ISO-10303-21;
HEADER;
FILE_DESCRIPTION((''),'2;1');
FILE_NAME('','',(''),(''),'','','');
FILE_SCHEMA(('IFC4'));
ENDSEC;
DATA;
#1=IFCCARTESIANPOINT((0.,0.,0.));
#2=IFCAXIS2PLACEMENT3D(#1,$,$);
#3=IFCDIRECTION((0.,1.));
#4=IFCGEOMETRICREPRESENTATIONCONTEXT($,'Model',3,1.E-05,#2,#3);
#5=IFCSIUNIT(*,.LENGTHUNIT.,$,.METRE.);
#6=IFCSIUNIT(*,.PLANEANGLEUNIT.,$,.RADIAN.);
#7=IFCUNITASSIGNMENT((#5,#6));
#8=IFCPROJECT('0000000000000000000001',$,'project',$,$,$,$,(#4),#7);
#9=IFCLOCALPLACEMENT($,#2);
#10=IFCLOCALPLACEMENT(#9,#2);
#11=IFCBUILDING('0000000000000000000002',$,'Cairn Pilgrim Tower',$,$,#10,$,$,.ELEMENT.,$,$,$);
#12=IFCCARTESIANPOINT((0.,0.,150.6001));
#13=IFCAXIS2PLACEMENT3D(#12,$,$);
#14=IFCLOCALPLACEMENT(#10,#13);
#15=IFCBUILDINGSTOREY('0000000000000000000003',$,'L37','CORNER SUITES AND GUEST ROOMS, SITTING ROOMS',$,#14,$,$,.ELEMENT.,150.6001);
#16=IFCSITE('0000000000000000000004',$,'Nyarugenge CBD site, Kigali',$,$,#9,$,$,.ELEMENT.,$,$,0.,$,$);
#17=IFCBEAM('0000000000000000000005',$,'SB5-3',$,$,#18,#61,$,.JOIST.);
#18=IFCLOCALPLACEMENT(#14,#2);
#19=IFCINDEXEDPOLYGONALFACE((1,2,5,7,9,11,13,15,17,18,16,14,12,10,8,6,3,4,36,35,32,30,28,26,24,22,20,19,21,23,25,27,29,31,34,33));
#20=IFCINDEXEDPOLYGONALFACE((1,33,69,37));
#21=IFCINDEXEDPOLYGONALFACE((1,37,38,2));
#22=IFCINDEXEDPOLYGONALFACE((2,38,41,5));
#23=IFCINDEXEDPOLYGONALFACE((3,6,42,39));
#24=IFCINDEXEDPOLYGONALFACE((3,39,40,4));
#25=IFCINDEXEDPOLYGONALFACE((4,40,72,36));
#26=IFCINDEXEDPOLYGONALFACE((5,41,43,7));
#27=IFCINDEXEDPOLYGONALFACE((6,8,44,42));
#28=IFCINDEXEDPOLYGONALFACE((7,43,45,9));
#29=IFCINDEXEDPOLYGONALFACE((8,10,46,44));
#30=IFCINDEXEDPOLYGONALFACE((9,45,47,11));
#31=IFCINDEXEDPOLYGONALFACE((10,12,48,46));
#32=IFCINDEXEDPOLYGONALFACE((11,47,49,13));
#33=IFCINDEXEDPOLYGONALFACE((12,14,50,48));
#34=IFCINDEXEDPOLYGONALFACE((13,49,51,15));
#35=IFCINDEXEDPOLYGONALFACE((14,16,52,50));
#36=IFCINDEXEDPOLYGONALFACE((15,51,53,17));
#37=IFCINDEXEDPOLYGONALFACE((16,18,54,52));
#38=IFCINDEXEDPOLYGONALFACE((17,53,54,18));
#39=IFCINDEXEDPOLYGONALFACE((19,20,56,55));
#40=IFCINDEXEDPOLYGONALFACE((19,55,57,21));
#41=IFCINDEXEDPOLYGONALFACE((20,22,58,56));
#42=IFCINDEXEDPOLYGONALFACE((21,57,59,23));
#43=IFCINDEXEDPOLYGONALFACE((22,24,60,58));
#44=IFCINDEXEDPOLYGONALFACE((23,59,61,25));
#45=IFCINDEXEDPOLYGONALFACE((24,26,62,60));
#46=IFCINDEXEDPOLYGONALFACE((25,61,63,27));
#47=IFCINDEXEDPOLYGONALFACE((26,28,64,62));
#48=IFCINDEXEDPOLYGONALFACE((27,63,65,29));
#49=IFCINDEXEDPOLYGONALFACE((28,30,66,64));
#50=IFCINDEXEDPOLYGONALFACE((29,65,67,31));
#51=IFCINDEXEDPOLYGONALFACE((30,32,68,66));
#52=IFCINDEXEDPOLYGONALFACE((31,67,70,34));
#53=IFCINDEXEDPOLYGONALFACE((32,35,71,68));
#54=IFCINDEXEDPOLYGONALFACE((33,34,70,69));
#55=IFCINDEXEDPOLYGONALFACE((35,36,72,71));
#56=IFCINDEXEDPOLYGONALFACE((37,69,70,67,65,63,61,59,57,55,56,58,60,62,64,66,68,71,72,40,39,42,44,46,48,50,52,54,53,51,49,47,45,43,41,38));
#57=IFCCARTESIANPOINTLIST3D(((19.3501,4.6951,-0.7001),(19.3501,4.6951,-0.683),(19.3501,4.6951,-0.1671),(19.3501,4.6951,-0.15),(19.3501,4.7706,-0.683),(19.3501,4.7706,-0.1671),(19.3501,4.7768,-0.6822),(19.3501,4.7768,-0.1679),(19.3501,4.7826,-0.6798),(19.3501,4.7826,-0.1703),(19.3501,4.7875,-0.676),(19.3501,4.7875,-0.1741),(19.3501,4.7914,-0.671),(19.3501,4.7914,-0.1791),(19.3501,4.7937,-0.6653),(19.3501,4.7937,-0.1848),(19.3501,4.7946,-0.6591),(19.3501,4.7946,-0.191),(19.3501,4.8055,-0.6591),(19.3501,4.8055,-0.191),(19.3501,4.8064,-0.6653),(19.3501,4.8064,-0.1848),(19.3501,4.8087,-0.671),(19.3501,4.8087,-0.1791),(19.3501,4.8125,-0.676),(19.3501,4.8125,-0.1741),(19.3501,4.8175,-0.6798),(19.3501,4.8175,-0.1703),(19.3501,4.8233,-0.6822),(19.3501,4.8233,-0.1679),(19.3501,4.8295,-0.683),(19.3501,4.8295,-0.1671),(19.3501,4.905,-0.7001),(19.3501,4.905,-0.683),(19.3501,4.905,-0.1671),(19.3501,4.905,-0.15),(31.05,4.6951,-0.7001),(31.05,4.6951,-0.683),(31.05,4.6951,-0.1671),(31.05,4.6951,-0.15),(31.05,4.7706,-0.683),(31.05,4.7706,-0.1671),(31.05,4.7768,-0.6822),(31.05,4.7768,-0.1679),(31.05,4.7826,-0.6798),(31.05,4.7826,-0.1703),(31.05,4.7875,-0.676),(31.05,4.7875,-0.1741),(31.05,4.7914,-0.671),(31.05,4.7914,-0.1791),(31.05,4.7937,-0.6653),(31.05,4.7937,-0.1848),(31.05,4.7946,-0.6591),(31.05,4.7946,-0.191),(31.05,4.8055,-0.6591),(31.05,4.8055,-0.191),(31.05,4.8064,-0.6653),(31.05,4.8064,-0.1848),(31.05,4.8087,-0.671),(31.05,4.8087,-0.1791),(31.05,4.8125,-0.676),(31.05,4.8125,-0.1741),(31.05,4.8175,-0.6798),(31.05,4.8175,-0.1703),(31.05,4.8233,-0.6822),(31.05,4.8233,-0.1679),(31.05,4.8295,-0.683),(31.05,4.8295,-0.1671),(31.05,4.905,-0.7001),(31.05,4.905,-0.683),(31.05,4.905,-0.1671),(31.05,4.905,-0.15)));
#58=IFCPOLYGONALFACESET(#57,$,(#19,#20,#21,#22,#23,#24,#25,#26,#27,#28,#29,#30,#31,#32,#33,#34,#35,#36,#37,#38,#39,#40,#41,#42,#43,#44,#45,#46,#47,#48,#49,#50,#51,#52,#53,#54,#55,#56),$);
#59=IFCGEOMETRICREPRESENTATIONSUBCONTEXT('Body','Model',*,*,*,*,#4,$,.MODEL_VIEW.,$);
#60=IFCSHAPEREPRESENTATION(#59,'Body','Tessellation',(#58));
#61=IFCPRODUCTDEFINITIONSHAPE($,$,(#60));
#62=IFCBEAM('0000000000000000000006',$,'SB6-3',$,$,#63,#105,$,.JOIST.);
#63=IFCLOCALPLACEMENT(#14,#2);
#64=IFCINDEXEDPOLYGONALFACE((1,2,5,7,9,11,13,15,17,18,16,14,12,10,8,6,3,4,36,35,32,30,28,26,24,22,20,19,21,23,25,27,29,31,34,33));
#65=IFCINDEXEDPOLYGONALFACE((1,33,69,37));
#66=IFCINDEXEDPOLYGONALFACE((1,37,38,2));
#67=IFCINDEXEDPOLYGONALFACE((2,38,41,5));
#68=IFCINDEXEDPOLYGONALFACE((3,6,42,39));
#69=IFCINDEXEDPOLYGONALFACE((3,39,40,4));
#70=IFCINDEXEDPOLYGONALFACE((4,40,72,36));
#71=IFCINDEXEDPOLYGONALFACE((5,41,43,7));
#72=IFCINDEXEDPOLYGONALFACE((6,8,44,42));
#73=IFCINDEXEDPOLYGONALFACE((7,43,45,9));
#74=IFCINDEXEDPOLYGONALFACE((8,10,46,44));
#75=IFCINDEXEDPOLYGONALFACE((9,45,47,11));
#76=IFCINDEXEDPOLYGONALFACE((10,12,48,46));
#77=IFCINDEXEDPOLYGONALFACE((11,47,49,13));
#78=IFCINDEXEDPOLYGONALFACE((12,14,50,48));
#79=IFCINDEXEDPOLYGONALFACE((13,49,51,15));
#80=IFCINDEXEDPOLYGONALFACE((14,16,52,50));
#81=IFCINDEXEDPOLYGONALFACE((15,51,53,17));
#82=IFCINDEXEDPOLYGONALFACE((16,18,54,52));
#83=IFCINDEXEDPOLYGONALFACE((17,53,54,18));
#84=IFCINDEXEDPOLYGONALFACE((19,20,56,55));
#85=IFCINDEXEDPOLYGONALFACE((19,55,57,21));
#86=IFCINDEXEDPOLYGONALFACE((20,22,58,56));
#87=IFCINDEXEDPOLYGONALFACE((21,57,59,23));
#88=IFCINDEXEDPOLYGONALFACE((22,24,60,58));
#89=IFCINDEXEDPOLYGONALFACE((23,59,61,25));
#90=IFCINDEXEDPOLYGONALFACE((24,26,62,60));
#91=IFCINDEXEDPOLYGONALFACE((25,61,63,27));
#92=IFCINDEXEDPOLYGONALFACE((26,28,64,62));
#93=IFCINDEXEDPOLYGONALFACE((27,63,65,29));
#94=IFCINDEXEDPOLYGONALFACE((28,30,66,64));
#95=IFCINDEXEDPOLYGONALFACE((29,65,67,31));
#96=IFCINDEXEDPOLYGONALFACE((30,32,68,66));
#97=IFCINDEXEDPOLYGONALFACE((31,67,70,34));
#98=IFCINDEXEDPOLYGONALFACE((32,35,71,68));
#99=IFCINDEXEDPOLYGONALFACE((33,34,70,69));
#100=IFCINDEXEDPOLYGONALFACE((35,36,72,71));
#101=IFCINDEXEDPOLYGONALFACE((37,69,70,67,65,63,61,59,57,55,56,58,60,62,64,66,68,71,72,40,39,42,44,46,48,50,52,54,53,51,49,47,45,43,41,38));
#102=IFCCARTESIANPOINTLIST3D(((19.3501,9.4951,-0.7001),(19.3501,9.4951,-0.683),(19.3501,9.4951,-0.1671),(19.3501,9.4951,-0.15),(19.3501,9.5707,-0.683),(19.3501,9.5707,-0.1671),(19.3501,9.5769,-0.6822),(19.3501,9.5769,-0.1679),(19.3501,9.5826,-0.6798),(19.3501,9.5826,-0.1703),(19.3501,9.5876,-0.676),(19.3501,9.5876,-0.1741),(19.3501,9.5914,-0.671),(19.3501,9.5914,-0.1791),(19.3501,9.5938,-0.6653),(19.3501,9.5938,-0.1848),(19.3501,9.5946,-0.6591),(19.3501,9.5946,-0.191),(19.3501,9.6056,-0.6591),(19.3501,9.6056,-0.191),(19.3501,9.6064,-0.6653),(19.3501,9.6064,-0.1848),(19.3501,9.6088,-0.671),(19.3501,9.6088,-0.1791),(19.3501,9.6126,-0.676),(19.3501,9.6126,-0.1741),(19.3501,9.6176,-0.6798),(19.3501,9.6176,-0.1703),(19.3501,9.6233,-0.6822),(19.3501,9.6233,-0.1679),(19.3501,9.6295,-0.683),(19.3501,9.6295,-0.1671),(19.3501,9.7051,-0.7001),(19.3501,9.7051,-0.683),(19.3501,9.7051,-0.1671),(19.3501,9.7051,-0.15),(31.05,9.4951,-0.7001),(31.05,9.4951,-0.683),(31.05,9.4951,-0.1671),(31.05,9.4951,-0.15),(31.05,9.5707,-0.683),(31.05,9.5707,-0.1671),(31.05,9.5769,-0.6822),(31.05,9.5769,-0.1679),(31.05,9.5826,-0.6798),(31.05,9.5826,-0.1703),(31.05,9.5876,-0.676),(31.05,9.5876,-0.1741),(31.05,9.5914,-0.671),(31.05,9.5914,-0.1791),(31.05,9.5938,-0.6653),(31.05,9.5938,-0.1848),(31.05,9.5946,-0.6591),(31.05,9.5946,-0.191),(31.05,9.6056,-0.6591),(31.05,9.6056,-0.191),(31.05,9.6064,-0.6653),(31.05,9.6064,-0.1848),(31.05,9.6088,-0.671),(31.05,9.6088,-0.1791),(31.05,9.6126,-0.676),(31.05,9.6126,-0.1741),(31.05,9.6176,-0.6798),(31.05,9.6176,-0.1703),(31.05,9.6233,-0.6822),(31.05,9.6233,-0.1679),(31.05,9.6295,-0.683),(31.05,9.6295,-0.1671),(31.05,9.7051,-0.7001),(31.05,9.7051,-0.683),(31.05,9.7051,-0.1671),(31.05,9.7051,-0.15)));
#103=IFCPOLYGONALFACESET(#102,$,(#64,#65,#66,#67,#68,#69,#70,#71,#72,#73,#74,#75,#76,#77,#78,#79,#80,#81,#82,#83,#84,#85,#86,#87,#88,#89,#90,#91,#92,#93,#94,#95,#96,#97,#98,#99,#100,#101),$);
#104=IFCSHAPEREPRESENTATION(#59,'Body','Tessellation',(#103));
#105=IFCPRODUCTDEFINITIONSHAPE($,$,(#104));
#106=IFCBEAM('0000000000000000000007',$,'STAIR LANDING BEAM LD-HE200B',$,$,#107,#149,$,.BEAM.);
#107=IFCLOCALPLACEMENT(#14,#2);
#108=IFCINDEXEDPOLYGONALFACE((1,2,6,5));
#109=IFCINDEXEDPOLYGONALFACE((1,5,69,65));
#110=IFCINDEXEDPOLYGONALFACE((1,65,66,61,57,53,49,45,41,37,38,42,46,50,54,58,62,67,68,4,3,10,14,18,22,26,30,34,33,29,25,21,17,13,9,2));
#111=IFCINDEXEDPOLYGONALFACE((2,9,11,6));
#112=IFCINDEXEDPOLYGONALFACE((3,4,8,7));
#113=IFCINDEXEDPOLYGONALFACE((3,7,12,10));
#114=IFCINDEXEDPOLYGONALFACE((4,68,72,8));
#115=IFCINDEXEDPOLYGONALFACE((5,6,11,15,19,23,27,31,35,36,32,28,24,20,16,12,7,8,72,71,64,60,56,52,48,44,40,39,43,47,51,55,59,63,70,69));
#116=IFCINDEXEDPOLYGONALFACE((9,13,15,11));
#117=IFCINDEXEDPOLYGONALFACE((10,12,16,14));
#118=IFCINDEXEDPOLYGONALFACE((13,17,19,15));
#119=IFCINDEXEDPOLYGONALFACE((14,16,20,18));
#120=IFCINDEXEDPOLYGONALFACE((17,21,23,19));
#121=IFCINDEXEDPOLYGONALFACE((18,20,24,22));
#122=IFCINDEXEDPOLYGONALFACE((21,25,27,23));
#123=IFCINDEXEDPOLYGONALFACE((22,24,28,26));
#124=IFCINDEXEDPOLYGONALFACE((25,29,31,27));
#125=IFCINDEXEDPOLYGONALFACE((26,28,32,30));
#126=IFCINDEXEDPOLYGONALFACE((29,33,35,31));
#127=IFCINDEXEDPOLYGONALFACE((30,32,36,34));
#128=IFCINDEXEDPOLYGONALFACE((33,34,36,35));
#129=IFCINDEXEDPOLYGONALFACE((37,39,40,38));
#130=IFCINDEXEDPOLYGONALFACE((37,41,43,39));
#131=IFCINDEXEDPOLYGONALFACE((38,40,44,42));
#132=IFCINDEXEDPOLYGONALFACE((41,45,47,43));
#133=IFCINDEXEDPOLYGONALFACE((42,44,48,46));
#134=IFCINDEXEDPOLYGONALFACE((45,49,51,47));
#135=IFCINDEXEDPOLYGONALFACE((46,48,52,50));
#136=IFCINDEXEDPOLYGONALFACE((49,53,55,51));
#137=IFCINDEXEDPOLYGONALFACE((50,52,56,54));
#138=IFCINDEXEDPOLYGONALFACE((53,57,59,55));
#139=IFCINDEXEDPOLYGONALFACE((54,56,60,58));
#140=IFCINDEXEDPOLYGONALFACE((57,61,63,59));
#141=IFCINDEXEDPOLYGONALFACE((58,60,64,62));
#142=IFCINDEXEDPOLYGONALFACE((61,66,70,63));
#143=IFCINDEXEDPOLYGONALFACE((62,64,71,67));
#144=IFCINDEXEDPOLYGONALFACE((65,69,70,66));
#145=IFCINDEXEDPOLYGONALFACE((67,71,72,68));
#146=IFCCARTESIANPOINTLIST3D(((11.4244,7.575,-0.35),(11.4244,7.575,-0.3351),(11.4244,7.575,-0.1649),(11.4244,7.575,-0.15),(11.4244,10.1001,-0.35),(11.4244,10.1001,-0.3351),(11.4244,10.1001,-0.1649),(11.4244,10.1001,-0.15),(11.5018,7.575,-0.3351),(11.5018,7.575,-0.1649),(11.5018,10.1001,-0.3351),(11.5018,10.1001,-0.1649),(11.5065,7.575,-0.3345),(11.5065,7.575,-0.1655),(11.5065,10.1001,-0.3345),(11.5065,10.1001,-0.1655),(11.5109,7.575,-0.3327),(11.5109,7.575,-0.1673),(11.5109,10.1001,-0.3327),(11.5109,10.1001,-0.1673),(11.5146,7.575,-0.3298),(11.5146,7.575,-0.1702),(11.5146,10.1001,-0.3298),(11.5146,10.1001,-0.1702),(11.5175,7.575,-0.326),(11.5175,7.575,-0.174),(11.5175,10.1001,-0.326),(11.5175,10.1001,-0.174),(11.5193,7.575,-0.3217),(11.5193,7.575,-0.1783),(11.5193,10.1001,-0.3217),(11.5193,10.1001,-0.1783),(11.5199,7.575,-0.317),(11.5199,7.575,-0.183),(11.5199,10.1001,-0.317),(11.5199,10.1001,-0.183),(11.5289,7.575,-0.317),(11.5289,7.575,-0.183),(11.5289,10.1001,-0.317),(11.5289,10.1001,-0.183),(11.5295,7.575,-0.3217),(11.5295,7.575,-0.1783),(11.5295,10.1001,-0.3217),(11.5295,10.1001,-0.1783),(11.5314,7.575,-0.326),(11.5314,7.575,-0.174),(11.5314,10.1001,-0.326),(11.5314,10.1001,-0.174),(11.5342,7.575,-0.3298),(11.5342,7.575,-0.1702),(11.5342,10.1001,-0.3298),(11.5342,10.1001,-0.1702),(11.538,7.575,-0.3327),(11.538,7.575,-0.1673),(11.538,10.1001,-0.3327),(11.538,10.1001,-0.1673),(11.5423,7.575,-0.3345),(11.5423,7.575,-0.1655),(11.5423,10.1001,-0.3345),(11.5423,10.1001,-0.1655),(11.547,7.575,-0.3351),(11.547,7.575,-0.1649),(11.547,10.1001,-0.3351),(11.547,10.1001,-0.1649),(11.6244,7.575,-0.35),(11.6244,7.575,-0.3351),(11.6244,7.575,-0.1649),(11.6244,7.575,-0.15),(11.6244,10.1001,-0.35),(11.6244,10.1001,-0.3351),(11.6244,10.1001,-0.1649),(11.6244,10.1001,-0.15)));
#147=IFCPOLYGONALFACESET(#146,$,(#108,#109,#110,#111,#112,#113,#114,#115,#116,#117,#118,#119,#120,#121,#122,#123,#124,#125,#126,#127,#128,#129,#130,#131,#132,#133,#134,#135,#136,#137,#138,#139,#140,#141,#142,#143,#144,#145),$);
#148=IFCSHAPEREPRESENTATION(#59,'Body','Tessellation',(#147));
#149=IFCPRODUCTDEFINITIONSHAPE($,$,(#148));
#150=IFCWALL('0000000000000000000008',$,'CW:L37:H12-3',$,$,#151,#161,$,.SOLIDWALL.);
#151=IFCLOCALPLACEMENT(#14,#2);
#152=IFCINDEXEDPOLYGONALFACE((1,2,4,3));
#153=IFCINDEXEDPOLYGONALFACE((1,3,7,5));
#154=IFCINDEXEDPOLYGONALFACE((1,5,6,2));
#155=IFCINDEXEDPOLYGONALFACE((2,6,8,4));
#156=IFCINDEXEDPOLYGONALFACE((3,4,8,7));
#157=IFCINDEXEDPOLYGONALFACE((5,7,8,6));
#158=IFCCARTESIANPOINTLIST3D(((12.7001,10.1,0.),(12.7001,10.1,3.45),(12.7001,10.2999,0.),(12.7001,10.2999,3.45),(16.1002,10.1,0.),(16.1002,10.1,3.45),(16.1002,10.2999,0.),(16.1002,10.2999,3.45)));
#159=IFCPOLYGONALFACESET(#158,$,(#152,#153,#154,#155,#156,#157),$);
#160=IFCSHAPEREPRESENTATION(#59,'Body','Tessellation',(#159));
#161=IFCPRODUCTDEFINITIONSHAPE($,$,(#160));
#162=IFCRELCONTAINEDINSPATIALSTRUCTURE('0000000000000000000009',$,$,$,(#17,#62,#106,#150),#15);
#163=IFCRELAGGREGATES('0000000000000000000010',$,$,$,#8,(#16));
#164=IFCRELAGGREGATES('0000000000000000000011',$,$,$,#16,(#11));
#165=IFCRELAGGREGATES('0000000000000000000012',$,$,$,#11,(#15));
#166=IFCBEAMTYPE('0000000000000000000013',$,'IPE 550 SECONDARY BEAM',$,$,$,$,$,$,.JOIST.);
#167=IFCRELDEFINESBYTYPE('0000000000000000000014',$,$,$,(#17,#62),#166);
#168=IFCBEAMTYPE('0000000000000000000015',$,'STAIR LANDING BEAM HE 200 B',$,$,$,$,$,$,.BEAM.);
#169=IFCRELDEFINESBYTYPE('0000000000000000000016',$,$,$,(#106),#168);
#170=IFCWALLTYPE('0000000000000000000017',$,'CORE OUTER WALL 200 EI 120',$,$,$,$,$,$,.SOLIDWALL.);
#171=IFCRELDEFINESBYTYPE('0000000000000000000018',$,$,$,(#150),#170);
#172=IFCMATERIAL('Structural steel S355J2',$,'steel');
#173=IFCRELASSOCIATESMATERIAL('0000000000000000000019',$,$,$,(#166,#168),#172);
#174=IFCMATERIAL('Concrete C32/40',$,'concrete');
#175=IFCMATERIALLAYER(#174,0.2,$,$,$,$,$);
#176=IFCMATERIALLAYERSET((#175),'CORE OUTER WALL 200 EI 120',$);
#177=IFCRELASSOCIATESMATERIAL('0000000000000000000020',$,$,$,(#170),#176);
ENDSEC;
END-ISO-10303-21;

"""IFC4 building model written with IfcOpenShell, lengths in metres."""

from ifc_helpers import new_model, si_unit, direction, frame, frame_2d, origin, origin_2d, place, context, subcontext, project, spatial, rectangle, i_section, extrude, material, layer, layer_set, material_profile, profile_set, type_object, element, save


model = new_model("IFC4")

# Units and contexts
model_context = context("Model", 3, precision=1e-05, world=origin(), true_north=direction((0.0, 1.0)))
body_context = subcontext(model_context, "Body", "Model", "MODEL_VIEW")
ifc_project = project(units=[si_unit("LENGTHUNIT", "METRE"), si_unit("PLANEANGLEUNIT", "RADIAN")], contexts=[model_context])

# Site, building, storey
site_placement = place(None, origin())
site = spatial("IfcSite", under=ifc_project, at=site_placement, Name="Nyarugenge CBD site, Kigali", CompositionType="ELEMENT", RefElevation=0.0)
building_placement = place(site_placement, origin())
building = spatial("IfcBuilding", under=site, at=building_placement, Name="Cairn Pilgrim Tower", CompositionType="ELEMENT")
storey_placement = place(building_placement, frame((0.0, 0.0, 150.6001)))
storey = spatial("IfcBuildingStorey", under=building, at=storey_placement, Name="L37", Description="CORNER SUITES AND GUEST ROOMS, SITTING ROOMS", CompositionType="ELEMENT", Elevation=150.6001)

# Shared definitions
ifc_material_1 = material(Name="Structural steel S355J2", Category="steel")

# Beams
ifc_material_profile_1 = material_profile(ifc_material_1, i_section(OverallWidth=0.21, OverallDepth=0.55, WebThickness=0.011, FlangeThickness=0.0171, FilletRadius=0.0239, at=origin_2d()), Name="IPE 550")
ifc_profile_set_1 = profile_set([ifc_material_profile_1], Name="Structural steel S355J2")
beam_type_1 = type_object("IfcBeamType", Name="IPE 550 SECONDARY BEAM", PredefinedType="JOIST", material=ifc_profile_set_1)
for number, where, z_axis, x_axis, name in (
    (1, (19.3501, 4.8, -0.425), (1.0, 0.0, 0.0), (0.0, 1.0, 0.0), "SB5-3"),
    (2, (19.3501, 9.6001, -0.425), (1.0, 0.0, 0.0), (0.0, 1.0, 0.0), "SB6-3"),
):
    element("IfcBeam", number, at=place(storey_placement, frame(where, z_axis=z_axis, x_axis=x_axis)), inside=storey, type_object=beam_type_1, Name=name, PredefinedType="JOIST", context=body_context, shape_type="SweptSolid", body=[
        extrude(i_section(OverallWidth=0.21, OverallDepth=0.55, WebThickness=0.011, FlangeThickness=0.0171, FilletRadius=0.0239, at=origin_2d()), origin(), (0.0, 0.0, 1.0), 11.7),
    ])
ifc_material_profile_2 = material_profile(ifc_material_1, i_section(OverallWidth=0.2, OverallDepth=0.2, WebThickness=0.009, FlangeThickness=0.0149, FilletRadius=0.0181, at=origin_2d()), Name="HE 200 B")
ifc_profile_set_2 = profile_set([ifc_material_profile_2], Name="Structural steel S355J2")
beam_type_2 = type_object("IfcBeamType", Name="STAIR LANDING BEAM HE 200 B", PredefinedType="BEAM", material=ifc_profile_set_2)
beam_1_placement = place(storey_placement, frame((11.5244, 10.1001, -0.25), z_axis=(0.0, -1.0, 0.0), x_axis=(1.0, 0.0, 0.0)))
element("IfcBeam", 3, at=beam_1_placement, inside=storey, type_object=beam_type_2, Name="STAIR LANDING BEAM LD-HE200B", PredefinedType="BEAM", context=body_context, shape_type="SweptSolid", body=[
    extrude(i_section(OverallWidth=0.2, OverallDepth=0.2, WebThickness=0.009, FlangeThickness=0.0149, FilletRadius=0.0181, at=origin_2d()), origin(), (0.0, 0.0, 1.0), 2.5251),
])

# Wall
ifc_material_2 = material(Name="Concrete C32/40", Category="concrete")
ifc_layer_1 = layer(ifc_material_2, 0.2)
ifc_layer_set_1 = layer_set([ifc_layer_1], Name="CORE OUTER WALL 200 EI 120")
wall_type_1 = type_object("IfcWallType", Name="CORE OUTER WALL 200 EI 120", PredefinedType="SOLIDWALL", material=ifc_layer_set_1)
wall_1_placement = place(storey_placement, frame((12.7, 10.2, 0.0), z_axis=(0.0, 0.0, 1.0), x_axis=(1.0, 0.0, 0.0)))
element("IfcWall", 4, at=wall_1_placement, inside=storey, type_object=wall_type_1, Name="CW:L37:H12-3", PredefinedType="SOLIDWALL", context=body_context, shape_type="SweptSolid", body=[
    extrude(rectangle(XDim=3.4001, YDim=0.2, at=frame_2d((1.7002, 0.0))), origin(), (0.0, 0.0, 1.0), 3.45),
])

save(model, "model.ifc")
